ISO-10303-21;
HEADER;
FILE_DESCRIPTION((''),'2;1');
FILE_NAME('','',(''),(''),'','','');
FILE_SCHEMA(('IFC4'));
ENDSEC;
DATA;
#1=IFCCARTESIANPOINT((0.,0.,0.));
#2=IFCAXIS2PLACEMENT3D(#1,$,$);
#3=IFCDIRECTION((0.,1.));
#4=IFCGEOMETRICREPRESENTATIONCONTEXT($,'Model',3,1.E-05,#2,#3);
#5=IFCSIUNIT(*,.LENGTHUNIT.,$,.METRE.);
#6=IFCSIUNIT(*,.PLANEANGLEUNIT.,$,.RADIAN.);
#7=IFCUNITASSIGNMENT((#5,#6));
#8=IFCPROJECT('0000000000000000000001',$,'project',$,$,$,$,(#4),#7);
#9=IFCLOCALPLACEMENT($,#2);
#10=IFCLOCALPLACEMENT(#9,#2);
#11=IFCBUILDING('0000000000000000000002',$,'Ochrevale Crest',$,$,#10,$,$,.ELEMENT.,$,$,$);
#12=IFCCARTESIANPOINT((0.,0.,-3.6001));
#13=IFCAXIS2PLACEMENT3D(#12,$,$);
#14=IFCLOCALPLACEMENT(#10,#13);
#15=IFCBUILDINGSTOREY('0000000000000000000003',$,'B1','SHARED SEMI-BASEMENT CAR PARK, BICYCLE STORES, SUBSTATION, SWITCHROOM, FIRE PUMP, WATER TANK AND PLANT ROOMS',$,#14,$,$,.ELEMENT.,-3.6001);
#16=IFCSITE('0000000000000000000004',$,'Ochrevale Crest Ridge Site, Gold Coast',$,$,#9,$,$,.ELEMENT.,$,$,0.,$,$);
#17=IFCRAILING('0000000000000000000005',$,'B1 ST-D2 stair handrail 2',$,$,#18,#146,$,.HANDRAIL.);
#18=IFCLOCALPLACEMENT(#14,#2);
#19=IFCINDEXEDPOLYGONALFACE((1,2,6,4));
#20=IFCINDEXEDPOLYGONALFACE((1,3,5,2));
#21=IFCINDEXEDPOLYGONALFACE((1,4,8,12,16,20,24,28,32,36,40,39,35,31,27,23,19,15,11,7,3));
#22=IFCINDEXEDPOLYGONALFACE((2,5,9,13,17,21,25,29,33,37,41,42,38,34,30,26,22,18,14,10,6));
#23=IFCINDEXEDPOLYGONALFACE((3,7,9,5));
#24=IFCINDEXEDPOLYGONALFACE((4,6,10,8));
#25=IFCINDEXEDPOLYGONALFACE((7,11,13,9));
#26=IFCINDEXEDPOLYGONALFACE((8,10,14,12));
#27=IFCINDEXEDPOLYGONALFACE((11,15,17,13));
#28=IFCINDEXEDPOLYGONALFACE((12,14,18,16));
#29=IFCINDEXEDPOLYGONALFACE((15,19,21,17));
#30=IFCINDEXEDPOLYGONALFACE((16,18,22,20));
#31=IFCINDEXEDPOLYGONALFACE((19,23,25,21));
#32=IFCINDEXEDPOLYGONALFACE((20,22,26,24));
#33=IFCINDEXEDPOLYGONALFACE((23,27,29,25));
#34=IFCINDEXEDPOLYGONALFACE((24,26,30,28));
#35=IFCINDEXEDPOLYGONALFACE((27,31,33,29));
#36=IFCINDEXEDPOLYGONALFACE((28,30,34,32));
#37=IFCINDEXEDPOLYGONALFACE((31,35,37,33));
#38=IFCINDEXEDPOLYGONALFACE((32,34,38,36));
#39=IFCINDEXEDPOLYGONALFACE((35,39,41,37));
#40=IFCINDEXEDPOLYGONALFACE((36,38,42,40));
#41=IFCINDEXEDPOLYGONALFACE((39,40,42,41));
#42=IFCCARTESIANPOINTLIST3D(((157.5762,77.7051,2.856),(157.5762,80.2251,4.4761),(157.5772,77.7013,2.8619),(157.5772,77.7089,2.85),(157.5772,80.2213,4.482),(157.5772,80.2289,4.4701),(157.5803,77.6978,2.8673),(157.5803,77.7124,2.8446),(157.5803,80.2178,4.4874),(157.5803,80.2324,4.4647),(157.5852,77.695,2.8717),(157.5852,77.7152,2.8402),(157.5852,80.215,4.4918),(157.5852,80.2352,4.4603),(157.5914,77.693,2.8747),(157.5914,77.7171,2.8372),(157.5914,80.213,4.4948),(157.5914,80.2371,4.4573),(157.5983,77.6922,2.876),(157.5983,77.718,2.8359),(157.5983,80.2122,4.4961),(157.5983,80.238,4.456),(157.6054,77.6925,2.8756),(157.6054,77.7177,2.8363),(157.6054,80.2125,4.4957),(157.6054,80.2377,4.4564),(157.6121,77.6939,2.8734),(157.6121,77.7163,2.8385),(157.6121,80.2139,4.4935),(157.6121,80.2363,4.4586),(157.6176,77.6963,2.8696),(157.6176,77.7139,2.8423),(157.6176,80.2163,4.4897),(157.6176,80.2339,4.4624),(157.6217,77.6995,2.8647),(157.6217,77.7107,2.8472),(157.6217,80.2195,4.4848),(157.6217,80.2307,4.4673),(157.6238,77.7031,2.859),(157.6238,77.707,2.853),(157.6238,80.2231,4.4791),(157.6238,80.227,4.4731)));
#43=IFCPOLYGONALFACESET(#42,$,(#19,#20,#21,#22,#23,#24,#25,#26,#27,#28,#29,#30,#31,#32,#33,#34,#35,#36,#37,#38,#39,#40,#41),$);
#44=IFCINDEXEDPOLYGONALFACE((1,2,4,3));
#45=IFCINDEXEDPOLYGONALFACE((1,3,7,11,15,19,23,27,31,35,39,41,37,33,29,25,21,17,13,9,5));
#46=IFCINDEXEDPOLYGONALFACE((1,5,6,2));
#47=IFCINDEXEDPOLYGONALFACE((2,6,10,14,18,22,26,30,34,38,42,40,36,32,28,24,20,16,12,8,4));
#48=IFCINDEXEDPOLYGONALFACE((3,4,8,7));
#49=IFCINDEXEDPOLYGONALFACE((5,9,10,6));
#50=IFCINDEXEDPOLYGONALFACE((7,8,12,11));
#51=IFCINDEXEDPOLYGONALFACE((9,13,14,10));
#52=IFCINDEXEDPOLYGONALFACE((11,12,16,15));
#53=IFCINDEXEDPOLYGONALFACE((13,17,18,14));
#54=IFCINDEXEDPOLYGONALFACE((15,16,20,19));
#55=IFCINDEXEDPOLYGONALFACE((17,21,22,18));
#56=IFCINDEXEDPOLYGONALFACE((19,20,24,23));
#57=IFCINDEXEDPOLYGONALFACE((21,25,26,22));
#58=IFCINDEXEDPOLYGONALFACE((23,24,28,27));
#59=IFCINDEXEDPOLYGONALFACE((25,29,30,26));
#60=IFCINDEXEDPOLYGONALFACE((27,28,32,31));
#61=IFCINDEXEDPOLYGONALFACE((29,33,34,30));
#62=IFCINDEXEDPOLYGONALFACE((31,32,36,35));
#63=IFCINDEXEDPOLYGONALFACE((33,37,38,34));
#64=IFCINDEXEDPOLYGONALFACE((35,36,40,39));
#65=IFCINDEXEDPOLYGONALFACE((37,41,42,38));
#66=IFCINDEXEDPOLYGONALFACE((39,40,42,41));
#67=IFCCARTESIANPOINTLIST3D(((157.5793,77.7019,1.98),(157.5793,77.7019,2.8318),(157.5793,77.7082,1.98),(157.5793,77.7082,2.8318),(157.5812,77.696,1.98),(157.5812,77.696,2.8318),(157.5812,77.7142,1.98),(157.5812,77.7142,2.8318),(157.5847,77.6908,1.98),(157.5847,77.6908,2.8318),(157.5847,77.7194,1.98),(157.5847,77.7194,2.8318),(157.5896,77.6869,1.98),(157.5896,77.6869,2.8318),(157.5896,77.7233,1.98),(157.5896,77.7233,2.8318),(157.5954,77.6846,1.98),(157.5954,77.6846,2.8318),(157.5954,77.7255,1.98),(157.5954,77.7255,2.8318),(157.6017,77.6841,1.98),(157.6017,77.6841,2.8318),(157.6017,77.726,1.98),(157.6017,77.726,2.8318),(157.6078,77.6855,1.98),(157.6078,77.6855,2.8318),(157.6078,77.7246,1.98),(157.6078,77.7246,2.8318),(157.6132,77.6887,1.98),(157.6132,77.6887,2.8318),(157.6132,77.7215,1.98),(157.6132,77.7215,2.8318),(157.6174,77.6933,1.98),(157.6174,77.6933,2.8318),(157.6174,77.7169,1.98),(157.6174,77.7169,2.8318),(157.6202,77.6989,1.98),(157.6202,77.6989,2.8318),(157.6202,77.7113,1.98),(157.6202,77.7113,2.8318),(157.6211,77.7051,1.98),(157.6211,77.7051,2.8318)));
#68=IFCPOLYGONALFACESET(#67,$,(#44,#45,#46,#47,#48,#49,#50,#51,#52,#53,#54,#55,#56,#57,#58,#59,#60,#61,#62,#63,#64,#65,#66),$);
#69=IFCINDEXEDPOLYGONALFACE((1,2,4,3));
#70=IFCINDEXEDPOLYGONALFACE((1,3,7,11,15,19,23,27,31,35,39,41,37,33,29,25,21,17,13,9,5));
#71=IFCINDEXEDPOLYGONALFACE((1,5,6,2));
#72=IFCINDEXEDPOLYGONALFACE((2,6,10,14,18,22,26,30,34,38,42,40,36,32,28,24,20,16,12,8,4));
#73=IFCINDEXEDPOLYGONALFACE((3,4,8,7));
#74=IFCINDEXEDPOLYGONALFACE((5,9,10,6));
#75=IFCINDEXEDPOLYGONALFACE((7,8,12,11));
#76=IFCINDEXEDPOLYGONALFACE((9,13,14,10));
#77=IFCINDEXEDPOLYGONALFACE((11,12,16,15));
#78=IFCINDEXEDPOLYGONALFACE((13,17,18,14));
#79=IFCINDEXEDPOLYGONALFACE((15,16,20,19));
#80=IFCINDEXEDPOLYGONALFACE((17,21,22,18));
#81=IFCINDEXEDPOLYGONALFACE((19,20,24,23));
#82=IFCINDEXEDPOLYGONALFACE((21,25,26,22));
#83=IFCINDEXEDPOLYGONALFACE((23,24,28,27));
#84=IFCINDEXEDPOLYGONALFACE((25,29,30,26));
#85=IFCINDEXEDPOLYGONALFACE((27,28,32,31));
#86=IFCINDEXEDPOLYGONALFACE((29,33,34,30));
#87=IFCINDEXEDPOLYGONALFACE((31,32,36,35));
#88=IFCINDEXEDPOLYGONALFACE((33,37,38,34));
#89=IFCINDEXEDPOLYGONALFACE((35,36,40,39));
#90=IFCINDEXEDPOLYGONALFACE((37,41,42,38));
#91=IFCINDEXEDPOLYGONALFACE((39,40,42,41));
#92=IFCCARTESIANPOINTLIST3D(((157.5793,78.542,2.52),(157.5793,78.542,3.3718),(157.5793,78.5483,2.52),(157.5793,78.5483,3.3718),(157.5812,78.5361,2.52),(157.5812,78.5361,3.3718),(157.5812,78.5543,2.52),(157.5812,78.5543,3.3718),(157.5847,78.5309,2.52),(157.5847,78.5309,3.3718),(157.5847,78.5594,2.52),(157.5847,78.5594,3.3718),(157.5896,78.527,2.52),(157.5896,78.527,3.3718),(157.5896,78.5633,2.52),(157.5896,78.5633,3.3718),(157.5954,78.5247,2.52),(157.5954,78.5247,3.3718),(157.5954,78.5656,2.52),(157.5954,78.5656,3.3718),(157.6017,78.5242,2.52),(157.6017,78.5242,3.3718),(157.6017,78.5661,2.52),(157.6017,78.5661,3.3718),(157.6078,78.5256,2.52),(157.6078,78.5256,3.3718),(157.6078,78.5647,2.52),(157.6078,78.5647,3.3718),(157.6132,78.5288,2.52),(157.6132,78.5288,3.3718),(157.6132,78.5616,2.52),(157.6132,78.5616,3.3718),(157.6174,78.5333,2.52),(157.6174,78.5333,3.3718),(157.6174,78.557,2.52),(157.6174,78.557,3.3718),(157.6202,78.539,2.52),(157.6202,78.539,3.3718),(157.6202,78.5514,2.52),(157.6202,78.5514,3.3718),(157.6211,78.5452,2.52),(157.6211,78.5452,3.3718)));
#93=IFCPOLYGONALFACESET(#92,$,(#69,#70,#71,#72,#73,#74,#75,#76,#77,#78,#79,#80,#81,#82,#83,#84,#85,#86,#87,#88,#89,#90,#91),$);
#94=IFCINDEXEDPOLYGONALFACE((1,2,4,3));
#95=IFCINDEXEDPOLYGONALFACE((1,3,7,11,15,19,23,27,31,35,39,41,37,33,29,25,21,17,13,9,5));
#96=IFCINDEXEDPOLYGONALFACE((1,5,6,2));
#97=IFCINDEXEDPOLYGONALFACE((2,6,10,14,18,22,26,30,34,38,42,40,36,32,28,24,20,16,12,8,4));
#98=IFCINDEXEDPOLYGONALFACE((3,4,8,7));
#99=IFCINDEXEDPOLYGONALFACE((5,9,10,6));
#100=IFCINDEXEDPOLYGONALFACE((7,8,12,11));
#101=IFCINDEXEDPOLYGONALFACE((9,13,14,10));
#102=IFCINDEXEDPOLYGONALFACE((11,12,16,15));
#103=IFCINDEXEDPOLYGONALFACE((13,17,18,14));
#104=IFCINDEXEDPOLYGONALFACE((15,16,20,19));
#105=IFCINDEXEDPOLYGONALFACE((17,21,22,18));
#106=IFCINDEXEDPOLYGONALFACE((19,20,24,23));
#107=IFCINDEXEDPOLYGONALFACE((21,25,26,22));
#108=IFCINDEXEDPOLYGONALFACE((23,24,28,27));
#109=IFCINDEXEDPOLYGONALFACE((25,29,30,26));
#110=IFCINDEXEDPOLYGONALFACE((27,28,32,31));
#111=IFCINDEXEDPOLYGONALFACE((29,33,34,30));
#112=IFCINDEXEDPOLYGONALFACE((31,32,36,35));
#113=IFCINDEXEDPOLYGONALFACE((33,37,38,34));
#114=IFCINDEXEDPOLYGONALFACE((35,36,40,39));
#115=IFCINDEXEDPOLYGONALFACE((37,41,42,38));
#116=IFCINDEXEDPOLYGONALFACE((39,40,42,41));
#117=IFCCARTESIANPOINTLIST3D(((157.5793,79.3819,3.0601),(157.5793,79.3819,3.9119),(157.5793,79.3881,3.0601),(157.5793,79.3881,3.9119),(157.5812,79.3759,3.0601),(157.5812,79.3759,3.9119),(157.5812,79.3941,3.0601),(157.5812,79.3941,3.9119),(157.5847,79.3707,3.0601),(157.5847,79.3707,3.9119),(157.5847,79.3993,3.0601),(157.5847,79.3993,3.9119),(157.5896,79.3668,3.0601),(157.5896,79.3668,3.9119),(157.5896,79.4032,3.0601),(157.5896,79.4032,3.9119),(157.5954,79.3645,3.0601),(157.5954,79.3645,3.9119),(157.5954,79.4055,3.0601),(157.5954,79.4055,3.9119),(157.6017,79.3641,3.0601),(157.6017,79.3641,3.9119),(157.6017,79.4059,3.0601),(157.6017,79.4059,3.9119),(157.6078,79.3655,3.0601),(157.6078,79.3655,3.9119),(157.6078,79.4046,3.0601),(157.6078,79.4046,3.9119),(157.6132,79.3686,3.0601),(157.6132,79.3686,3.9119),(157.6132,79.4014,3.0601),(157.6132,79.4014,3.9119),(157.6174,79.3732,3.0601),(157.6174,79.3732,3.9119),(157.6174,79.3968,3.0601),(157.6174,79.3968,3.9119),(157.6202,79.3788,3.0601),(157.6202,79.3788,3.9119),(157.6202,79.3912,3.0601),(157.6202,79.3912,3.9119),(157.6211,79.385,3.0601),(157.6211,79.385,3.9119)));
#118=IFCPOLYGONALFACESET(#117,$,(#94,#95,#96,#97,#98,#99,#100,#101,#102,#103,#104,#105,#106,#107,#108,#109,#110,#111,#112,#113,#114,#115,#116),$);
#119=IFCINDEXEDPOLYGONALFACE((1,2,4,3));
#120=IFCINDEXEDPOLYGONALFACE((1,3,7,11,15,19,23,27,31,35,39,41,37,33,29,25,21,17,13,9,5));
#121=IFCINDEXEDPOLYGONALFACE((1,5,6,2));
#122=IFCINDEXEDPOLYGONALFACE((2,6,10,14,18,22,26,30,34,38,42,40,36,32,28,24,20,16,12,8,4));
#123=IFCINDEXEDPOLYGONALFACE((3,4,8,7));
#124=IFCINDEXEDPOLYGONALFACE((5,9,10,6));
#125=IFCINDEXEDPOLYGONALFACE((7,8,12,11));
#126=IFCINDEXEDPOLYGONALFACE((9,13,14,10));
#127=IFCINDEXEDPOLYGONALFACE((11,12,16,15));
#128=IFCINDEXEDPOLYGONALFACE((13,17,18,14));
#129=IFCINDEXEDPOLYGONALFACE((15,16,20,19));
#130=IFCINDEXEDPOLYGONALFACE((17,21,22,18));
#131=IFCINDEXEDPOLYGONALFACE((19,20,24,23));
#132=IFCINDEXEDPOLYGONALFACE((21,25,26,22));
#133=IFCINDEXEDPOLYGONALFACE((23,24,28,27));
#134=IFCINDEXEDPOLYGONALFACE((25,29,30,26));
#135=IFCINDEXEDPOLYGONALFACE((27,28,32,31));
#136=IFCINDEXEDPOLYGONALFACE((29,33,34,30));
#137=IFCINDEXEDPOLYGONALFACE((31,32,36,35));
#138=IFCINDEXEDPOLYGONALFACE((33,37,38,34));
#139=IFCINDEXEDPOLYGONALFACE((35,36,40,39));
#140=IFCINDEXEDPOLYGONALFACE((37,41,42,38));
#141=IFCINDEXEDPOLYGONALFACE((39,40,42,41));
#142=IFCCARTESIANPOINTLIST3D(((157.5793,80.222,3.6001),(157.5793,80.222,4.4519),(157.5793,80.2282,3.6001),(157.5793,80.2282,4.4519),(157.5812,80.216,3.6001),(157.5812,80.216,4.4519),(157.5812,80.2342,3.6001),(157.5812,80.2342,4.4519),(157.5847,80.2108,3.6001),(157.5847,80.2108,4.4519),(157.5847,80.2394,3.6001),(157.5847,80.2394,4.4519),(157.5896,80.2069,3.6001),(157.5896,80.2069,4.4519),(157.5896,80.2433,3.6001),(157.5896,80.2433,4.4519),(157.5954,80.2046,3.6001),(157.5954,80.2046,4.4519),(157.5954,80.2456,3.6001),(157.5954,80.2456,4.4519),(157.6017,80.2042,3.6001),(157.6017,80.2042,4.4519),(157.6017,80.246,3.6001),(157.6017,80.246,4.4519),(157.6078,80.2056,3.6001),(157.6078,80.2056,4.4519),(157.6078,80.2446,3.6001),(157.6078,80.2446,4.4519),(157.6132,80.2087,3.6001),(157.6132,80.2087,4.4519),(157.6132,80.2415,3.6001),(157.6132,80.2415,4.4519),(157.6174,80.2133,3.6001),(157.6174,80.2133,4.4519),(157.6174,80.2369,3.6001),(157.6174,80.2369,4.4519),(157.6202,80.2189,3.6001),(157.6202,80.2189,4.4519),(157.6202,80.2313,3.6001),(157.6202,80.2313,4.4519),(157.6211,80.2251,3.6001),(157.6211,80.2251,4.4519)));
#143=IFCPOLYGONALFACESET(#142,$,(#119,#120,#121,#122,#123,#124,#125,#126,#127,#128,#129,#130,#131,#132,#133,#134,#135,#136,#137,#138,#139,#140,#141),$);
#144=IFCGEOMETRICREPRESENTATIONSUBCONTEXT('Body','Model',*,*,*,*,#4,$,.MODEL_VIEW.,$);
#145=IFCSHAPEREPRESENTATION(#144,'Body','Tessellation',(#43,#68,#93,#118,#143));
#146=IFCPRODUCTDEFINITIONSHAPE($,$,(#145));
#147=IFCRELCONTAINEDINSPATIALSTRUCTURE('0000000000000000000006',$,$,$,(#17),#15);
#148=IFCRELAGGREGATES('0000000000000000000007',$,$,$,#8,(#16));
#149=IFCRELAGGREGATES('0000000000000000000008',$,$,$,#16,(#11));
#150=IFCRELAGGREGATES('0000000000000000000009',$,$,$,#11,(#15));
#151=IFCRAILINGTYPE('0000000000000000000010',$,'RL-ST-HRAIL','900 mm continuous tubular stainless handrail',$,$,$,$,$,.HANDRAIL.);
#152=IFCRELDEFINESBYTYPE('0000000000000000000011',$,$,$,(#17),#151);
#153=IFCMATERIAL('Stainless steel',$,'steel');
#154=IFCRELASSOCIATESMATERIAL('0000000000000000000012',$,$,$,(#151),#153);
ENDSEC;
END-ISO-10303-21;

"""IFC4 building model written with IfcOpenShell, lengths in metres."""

from ifc_helpers import new_model, si_unit, direction, frame, origin, origin_2d, place, context, subcontext, project, spatial, circle, extrude, material, type_object, element, save


model = new_model("IFC4")

# Units and contexts
model_context = context("Model", 3, precision=1e-05, world=origin(), true_north=direction((0.0, 1.0)))
body_context = subcontext(model_context, "Body", "Model", "MODEL_VIEW")
ifc_project = project(units=[si_unit("LENGTHUNIT", "METRE"), si_unit("PLANEANGLEUNIT", "RADIAN")], contexts=[model_context])

# Site, building, storey
site_placement = place(None, origin())
site = spatial("IfcSite", under=ifc_project, at=site_placement, Name="Ochrevale Crest Ridge Site, Gold Coast", CompositionType="ELEMENT", RefElevation=0.0)
building_placement = place(site_placement, origin())
building = spatial("IfcBuilding", under=site, at=building_placement, Name="Ochrevale Crest", CompositionType="ELEMENT")
storey_placement = place(building_placement, frame((0.0, 0.0, -3.6001)))
storey = spatial("IfcBuildingStorey", under=building, at=storey_placement, Name="B1", Description="SHARED SEMI-BASEMENT CAR PARK, BICYCLE STORES, SUBSTATION, SWITCHROOM, FIRE PUMP, WATER TANK AND PLANT ROOMS", CompositionType="ELEMENT", Elevation=-3.6001)

# Railing
ifc_material_1 = material(Name="Stainless steel", Category="steel")
railing_type_1 = type_object("IfcRailingType", Name="RL-ST-HRAIL", Description="900 mm continuous tubular stainless handrail", PredefinedType="HANDRAIL", material=ifc_material_1)
railing_1_placement = place(storey_placement, frame((157.6001, 77.7051, 1.98)))
element("IfcRailing", 1, at=railing_1_placement, inside=storey, type_object=railing_type_1, Name="B1 ST-D2 stair handrail 2", PredefinedType="HANDRAIL", context=body_context, shape_type="SweptSolid", body=[
    extrude(circle(Radius=0.0239, at=origin_2d()), frame((0.0, 0.0, 0.876), z_axis=(0.0, 0.841163, 0.540782), x_axis=(-1.0, 0.0, 0.0)), (0.0, 0.0, 1.0), 2.9958),
    extrude(circle(Radius=0.021, at=origin_2d()), origin(), (0.0, 0.0, 1.0), 0.8518),
    extrude(circle(Radius=0.021, at=origin_2d()), frame((0.0, 0.8401, 0.54)), (0.0, 0.0, 1.0), 0.8518),
    extrude(circle(Radius=0.021, at=origin_2d()), frame((0.0, 1.6799, 1.0801)), (0.0, 0.0, 1.0), 0.8518),
    extrude(circle(Radius=0.021, at=origin_2d()), frame((0.0, 2.52, 1.6201)), (0.0, 0.0, 1.0), 0.8518),
])

save(model, "model.ifc")
